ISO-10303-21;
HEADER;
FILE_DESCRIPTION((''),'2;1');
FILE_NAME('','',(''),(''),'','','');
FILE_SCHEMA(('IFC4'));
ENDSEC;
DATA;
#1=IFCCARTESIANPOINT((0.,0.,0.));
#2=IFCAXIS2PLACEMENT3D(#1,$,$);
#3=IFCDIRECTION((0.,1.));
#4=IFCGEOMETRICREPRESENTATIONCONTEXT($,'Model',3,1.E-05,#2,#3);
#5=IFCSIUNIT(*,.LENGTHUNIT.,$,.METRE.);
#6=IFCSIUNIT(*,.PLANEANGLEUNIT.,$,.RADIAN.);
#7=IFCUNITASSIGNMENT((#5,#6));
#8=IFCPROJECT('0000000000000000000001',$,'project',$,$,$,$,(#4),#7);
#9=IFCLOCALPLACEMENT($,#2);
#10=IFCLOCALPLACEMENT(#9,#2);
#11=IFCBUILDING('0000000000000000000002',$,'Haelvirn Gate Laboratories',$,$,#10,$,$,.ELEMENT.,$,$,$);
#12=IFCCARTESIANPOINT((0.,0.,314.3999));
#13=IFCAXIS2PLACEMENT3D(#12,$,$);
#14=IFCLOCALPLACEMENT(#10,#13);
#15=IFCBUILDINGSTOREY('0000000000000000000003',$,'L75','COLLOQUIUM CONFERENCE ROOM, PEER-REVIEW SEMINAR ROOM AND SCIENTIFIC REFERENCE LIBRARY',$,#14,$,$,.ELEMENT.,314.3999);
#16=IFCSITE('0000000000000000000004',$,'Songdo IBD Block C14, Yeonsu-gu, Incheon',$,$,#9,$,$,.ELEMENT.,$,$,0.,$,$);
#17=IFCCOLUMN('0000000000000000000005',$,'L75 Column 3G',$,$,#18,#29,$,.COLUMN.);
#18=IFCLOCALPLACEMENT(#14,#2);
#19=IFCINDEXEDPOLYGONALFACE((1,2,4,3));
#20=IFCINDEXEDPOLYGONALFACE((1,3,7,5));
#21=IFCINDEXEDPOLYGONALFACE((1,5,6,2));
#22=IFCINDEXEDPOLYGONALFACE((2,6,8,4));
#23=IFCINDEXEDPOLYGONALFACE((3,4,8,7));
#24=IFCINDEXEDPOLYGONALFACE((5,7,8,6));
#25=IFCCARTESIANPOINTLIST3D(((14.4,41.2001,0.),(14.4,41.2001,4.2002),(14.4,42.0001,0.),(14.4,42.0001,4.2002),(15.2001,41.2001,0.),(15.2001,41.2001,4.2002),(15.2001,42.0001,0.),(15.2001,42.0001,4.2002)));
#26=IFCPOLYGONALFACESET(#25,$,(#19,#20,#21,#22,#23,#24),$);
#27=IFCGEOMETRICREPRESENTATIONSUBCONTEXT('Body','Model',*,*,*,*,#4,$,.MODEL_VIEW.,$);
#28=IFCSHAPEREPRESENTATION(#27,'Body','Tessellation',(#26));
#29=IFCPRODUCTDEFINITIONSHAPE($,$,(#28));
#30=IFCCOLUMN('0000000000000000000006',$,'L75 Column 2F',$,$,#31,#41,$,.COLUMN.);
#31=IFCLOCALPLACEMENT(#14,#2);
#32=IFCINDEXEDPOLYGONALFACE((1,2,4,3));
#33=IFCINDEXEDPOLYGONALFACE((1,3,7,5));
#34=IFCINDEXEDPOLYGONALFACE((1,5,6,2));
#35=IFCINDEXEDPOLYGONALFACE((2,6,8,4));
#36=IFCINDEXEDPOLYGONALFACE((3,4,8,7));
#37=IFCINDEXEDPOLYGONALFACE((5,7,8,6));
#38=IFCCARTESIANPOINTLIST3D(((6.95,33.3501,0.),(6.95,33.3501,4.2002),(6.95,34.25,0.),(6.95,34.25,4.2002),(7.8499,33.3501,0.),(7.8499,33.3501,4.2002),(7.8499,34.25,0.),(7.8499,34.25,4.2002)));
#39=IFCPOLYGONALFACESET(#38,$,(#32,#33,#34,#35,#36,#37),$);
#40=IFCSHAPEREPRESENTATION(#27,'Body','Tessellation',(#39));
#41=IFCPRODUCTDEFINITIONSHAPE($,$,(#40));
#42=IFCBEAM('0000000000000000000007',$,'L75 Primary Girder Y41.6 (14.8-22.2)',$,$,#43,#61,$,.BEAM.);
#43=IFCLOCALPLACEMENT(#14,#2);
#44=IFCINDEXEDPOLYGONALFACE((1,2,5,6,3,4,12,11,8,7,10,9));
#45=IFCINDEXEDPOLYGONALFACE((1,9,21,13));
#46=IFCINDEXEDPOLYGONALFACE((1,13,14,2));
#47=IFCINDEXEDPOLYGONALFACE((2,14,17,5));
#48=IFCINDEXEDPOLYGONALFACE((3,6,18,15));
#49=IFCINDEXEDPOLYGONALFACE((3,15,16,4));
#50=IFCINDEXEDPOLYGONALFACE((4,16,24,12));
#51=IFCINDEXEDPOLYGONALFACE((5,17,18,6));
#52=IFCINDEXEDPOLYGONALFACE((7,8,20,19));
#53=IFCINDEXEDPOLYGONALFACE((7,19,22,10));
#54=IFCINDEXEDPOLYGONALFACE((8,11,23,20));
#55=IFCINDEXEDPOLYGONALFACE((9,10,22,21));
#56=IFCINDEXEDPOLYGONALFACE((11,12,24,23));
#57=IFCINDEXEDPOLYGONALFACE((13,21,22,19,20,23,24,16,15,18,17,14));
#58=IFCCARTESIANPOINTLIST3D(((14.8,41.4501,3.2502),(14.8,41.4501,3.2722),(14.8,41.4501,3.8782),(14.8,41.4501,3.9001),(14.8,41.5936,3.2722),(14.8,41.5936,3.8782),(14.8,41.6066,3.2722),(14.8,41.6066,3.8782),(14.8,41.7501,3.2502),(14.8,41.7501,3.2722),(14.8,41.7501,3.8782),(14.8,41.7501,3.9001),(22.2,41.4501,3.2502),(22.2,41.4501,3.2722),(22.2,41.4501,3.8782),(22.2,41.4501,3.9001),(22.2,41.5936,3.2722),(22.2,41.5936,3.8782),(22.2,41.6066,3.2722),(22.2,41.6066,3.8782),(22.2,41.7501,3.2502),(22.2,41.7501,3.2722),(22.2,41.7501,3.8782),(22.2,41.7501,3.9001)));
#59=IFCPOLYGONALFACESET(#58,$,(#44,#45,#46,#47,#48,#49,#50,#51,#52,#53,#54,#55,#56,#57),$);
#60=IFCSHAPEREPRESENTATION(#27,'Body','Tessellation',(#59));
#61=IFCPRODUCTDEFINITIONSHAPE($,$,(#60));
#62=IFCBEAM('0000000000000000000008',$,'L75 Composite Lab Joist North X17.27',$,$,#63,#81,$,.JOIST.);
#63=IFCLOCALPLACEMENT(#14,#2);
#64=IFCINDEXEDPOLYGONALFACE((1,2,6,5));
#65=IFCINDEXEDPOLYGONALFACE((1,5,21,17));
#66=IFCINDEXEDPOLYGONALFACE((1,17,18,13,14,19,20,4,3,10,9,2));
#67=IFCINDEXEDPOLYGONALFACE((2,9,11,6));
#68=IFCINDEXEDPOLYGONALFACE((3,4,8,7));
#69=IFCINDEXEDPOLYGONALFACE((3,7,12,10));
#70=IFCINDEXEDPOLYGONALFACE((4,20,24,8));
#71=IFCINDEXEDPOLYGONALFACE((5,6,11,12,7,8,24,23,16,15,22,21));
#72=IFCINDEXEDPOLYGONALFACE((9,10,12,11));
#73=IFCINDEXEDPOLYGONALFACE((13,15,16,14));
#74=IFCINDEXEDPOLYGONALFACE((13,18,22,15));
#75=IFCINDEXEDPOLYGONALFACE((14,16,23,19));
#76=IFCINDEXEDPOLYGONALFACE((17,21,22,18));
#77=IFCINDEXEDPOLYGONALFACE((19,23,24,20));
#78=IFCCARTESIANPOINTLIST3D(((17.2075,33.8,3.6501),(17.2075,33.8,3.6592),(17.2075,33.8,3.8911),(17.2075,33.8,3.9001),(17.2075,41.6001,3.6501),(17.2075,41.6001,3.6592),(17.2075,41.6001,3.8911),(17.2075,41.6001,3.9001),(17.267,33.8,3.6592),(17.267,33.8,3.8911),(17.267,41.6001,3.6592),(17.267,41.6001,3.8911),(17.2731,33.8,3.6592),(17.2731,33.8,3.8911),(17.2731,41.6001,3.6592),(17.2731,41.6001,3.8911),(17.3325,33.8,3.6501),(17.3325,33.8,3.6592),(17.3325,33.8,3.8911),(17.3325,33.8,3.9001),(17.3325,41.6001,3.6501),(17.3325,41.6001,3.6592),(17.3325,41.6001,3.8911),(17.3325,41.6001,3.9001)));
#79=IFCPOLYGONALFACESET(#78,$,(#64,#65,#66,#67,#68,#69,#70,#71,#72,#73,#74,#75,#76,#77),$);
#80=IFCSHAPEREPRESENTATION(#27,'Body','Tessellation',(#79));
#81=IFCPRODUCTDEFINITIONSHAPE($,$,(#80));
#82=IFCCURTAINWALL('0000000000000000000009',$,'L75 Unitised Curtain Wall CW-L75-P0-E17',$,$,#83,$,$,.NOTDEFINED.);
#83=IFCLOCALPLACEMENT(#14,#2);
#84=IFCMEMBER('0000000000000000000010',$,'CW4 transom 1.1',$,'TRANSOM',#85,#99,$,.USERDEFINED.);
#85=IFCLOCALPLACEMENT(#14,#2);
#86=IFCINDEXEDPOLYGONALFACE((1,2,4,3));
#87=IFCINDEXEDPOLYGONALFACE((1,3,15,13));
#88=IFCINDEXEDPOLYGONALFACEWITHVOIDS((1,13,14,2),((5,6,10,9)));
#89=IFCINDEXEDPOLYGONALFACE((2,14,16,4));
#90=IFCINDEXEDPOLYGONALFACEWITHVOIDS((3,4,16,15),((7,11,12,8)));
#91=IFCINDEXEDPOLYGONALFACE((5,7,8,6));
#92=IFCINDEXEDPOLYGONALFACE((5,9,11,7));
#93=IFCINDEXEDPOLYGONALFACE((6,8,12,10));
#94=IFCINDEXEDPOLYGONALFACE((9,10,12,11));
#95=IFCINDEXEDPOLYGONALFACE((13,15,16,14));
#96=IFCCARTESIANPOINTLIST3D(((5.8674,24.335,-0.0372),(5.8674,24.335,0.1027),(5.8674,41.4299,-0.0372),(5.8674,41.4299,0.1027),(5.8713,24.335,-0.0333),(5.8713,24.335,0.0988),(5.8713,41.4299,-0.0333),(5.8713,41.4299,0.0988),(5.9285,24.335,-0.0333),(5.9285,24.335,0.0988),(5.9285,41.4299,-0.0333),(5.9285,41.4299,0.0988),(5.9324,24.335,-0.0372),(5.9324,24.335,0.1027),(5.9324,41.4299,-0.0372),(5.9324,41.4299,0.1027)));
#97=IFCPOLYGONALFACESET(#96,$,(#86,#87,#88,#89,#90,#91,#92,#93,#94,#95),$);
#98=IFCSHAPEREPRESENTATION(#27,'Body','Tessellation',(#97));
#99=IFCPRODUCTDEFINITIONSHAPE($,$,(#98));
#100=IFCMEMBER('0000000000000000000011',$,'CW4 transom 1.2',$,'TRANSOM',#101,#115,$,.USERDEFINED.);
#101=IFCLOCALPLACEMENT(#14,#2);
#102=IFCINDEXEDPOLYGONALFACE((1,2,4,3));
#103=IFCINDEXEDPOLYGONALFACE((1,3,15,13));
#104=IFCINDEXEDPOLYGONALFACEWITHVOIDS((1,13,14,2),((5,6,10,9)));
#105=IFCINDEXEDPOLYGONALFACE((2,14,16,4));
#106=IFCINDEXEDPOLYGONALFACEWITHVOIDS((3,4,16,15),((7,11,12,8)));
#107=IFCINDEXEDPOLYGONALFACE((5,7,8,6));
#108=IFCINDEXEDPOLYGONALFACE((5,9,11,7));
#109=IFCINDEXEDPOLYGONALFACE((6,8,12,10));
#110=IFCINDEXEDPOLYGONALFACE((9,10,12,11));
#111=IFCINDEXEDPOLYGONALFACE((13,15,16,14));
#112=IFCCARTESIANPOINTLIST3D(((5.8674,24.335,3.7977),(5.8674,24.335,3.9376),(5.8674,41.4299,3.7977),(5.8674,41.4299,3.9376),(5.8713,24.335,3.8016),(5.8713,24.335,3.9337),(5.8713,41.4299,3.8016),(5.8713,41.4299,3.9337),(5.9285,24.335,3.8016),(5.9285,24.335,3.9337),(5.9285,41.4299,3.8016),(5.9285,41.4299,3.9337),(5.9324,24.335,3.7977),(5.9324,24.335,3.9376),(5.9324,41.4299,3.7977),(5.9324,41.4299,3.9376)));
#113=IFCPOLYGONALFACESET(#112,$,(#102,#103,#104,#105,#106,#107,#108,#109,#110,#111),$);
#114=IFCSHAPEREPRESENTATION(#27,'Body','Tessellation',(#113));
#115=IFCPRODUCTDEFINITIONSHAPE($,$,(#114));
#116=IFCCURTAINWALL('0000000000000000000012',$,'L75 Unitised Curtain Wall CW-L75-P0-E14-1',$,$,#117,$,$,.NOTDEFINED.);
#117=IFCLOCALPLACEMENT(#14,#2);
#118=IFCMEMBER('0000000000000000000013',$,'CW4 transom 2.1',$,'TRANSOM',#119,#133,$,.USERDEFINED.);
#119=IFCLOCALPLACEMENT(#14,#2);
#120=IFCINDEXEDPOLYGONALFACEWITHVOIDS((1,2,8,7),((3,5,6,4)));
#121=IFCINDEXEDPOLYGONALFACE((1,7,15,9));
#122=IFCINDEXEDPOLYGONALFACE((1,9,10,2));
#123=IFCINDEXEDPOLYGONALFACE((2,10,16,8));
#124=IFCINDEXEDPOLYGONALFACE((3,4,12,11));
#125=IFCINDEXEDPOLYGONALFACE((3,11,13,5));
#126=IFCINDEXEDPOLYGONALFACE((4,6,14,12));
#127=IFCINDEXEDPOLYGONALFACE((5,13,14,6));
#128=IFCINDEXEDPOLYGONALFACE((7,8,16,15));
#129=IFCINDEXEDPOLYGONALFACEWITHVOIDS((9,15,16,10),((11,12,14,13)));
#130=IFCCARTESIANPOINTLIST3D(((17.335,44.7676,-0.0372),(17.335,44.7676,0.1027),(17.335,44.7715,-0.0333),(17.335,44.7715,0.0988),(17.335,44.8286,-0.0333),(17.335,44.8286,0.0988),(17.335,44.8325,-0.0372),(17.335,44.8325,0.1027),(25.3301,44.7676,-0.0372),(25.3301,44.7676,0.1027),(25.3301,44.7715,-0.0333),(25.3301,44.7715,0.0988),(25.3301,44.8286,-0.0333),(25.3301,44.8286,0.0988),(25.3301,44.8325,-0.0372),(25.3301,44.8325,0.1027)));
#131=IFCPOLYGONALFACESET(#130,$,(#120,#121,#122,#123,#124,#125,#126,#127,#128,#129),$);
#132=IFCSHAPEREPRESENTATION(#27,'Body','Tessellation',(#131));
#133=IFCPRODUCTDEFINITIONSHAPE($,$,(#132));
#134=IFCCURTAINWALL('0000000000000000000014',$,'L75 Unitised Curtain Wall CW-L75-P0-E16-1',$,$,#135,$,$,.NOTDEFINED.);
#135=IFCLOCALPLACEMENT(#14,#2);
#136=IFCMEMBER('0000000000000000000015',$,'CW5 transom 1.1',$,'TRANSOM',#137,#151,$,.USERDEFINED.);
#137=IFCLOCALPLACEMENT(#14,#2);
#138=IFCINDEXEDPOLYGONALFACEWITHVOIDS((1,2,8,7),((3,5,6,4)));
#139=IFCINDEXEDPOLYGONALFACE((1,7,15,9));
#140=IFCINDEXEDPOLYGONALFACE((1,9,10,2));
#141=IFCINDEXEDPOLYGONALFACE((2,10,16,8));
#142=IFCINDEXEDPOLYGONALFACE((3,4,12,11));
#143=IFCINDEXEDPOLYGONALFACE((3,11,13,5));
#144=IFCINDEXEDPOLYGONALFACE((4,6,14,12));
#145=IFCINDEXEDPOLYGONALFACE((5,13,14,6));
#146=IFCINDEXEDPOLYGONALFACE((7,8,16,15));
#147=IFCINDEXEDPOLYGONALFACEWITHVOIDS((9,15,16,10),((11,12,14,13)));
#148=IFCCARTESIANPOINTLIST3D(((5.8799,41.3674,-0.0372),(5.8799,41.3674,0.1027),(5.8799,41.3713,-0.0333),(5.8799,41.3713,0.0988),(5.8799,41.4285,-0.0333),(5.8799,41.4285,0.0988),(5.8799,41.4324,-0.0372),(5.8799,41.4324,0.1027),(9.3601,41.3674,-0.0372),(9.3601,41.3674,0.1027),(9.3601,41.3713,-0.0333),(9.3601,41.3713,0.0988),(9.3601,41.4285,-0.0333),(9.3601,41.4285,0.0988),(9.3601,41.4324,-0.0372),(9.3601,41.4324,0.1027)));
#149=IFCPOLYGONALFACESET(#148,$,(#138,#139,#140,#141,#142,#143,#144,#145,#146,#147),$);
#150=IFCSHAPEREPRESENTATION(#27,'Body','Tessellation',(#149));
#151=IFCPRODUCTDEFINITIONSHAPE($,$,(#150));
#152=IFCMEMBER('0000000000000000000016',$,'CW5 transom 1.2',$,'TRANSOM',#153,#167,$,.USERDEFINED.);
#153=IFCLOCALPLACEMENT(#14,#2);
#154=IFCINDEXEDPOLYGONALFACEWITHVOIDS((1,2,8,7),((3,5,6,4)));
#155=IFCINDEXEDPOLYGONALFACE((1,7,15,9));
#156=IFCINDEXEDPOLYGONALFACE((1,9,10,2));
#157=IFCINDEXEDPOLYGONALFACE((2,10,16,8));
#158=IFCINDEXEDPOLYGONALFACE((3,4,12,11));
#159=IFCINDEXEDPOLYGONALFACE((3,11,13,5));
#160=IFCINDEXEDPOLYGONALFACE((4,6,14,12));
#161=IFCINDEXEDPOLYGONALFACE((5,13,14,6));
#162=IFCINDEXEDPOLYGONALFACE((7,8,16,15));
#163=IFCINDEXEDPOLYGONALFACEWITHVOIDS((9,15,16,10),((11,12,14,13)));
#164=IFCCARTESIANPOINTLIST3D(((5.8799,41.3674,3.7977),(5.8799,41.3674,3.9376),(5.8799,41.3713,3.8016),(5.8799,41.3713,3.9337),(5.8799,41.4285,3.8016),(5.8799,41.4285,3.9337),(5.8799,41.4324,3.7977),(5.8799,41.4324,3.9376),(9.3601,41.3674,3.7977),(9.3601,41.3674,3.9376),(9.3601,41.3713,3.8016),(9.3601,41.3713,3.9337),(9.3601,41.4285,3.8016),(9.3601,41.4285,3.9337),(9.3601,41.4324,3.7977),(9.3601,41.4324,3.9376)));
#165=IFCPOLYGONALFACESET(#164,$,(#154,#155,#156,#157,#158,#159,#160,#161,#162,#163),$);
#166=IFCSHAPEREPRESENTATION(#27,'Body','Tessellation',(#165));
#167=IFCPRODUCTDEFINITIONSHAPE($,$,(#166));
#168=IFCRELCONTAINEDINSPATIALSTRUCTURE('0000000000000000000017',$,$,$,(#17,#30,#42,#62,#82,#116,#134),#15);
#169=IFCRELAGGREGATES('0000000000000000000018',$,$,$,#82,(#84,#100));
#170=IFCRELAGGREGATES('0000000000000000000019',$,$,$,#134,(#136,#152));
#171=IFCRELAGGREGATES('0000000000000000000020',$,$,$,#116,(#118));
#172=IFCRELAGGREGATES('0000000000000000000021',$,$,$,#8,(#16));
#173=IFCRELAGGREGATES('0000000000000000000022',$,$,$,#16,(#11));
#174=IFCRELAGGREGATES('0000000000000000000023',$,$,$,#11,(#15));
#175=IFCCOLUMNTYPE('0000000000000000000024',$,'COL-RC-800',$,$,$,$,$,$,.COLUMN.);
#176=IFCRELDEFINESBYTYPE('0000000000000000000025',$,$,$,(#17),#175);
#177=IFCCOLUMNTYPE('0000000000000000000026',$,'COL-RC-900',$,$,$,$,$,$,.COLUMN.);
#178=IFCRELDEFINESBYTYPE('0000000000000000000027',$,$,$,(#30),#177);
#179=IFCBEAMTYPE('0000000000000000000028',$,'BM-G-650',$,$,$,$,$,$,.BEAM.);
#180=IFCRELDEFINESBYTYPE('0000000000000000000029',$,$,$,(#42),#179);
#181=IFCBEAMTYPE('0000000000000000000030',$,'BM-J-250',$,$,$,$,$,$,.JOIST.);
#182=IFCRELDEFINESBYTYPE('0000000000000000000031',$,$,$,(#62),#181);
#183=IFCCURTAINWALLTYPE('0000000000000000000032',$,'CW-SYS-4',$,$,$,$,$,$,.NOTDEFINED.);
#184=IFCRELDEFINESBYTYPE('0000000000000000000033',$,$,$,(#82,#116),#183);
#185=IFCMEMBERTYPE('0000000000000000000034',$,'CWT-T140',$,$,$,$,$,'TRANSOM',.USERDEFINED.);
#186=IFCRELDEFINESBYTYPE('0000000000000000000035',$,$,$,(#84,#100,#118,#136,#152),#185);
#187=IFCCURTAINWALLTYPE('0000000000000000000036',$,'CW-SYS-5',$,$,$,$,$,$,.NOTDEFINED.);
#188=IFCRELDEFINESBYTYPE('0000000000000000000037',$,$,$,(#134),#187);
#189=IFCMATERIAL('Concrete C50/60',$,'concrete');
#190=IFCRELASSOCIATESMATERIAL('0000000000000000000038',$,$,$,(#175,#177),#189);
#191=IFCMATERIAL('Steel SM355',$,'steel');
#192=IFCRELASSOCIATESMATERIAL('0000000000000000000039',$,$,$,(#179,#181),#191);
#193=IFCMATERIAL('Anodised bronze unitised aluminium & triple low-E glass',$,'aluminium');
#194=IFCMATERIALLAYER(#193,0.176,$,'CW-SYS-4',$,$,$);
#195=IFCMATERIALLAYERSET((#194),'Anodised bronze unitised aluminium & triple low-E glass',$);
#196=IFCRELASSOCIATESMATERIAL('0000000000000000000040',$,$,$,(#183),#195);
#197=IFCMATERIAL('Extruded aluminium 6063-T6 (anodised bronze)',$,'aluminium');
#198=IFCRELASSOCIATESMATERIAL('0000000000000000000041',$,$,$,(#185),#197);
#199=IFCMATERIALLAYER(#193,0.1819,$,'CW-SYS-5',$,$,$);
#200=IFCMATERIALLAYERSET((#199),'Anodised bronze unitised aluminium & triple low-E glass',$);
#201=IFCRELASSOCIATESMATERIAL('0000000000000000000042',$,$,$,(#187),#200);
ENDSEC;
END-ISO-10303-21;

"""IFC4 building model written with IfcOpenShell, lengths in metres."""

from ifc_helpers import new_model, si_unit, direction, frame, origin, origin_2d, place, context, subcontext, project, spatial, rectangle, hollow_rectangle, i_section, extrude, source, transform, mapped, material, layer, layer_set, material_profile, profile_set, type_object, type_shapes, element, aggregate, save


model = new_model("IFC4")

# Units and contexts
model_context = context("Model", 3, precision=1e-05, world=origin(), true_north=direction((0.0, 1.0)))
body_context = subcontext(model_context, "Body", "Model", "MODEL_VIEW")
ifc_project = project(units=[si_unit("LENGTHUNIT", "METRE"), si_unit("PLANEANGLEUNIT", "RADIAN")], contexts=[model_context])

# Site, building, storey
site_placement = place(None, origin())
site = spatial("IfcSite", under=ifc_project, at=site_placement, Name="Songdo IBD Block C14, Yeonsu-gu, Incheon", CompositionType="ELEMENT", RefElevation=0.0)
building_placement = place(site_placement, origin())
building = spatial("IfcBuilding", under=site, at=building_placement, Name="Haelvirn Gate Laboratories", CompositionType="ELEMENT")
storey_placement = place(building_placement, frame((0.0, 0.0, 314.3999)))
storey = spatial("IfcBuildingStorey", under=building, at=storey_placement, Name="L75", Description="COLLOQUIUM CONFERENCE ROOM, PEER-REVIEW SEMINAR ROOM AND SCIENTIFIC REFERENCE LIBRARY", CompositionType="ELEMENT", Elevation=314.3999)

# Columns
ifc_material_1 = material(Name="Concrete C50/60", Category="concrete")
ifc_material_profile_1 = material_profile(ifc_material_1, rectangle(XDim=0.8, YDim=0.8, at=origin_2d()), Name="RC-800x800")
ifc_profile_set_1 = profile_set([ifc_material_profile_1], Name="Concrete C50/60")
column_type_1 = type_object("IfcColumnType", Name="COL-RC-800", PredefinedType="COLUMN", material=ifc_profile_set_1)
shared_shape_1 = source(origin(), body_context, "Body", "SweptSolid", [
    extrude(rectangle(XDim=0.8, YDim=0.8, at=origin_2d()), origin(), (0.0, 0.0, 1.0), 4.2002),
])
type_shapes(column_type_1, [shared_shape_1])
column_1_placement = place(storey_placement, frame((14.8, 41.6001, 0.0), z_axis=(0.0, 0.0, 1.0), x_axis=(1.0, 0.0, 0.0)))
element("IfcColumn", 1, at=column_1_placement, inside=storey, type_object=column_type_1, Name="L75 Column 3G", PredefinedType="COLUMN", context=body_context, shape_type="MappedRepresentation", body=[
    mapped(shared_shape_1, transform((0.0, 0.0, 0.0), scale=1.0)),
])
ifc_material_profile_2 = material_profile(ifc_material_1, rectangle(XDim=0.8999, YDim=0.8999, at=origin_2d()), Name="RC-900x900")
ifc_profile_set_2 = profile_set([ifc_material_profile_2], Name="Concrete C50/60")
column_type_2 = type_object("IfcColumnType", Name="COL-RC-900", PredefinedType="COLUMN", material=ifc_profile_set_2)
shared_shape_2 = source(origin(), body_context, "Body", "SweptSolid", [
    extrude(rectangle(XDim=0.8999, YDim=0.8999, at=origin_2d()), origin(), (0.0, 0.0, 1.0), 4.2002),
])
type_shapes(column_type_2, [shared_shape_2])
column_2_placement = place(storey_placement, frame((7.3999, 33.8, 0.0), z_axis=(0.0, 0.0, 1.0), x_axis=(1.0, 0.0, 0.0)))
element("IfcColumn", 2, at=column_2_placement, inside=storey, type_object=column_type_2, Name="L75 Column 2F", PredefinedType="COLUMN", context=body_context, shape_type="MappedRepresentation", body=[
    mapped(shared_shape_2, transform((0.0, 0.0, 0.0), scale=1.0)),
])

# Beams
ifc_material_2 = material(Name="Steel SM355", Category="steel")
ifc_material_profile_3 = material_profile(ifc_material_2, i_section(OverallWidth=0.3, OverallDepth=0.6499, WebThickness=0.0129, FlangeThickness=0.022, at=origin_2d()), Name="H-650x300x13x22")
ifc_profile_set_3 = profile_set([ifc_material_profile_3], Name="Steel SM355")
beam_type_1 = type_object("IfcBeamType", Name="BM-G-650", PredefinedType="BEAM", material=ifc_profile_set_3)
shared_shape_3 = source(origin(), body_context, "Body", "SweptSolid", [
    extrude(i_section(OverallWidth=0.3, OverallDepth=0.6499, WebThickness=0.0129, FlangeThickness=0.022, at=origin_2d()), origin(), (0.0, 0.0, 1.0), 7.3999),
])
type_shapes(beam_type_1, [shared_shape_3])
beam_1_placement = place(storey_placement, frame((14.8, 41.6001, 3.5752), z_axis=(1.0, 0.0, 0.0), x_axis=(0.0, 1.0, 0.0)))
element("IfcBeam", 3, at=beam_1_placement, inside=storey, type_object=beam_type_1, Name="L75 Primary Girder Y41.6 (14.8-22.2)", PredefinedType="BEAM", context=body_context, shape_type="MappedRepresentation", body=[
    mapped(shared_shape_3, transform((0.0, 0.0, 0.0), scale=1.0)),
])
ifc_material_profile_4 = material_profile(ifc_material_2, i_section(OverallWidth=0.125, OverallDepth=0.25, WebThickness=0.0061, FlangeThickness=0.009, at=origin_2d()), Name="H-250x125x6x9")
ifc_profile_set_4 = profile_set([ifc_material_profile_4], Name="Steel SM355")
beam_type_2 = type_object("IfcBeamType", Name="BM-J-250", PredefinedType="JOIST", material=ifc_profile_set_4)
shared_shape_4 = source(origin(), body_context, "Body", "SweptSolid", [
    extrude(i_section(OverallWidth=0.125, OverallDepth=0.25, WebThickness=0.0061, FlangeThickness=0.009, at=origin_2d()), origin(), (0.0, 0.0, 1.0), 7.8),
])
type_shapes(beam_type_2, [shared_shape_4])
beam_2_placement = place(storey_placement, frame((17.27, 33.8, 3.7751), z_axis=(0.0, 1.0, 0.0), x_axis=(-1.0, 0.0, 0.0)))
element("IfcBeam", 4, at=beam_2_placement, inside=storey, type_object=beam_type_2, Name="L75 Composite Lab Joist North X17.27", PredefinedType="JOIST", context=body_context, shape_type="MappedRepresentation", body=[
    mapped(shared_shape_4, transform((0.0, 0.0, 0.0), scale=1.0)),
])

# Curtain wall, members
ifc_material_3 = material(Name="Anodised bronze unitised aluminium & triple low-E glass", Category="aluminium")
ifc_layer_1 = layer(ifc_material_3, 0.176, Name="CW-SYS-4")
ifc_layer_set_1 = layer_set([ifc_layer_1], Name="Anodised bronze unitised aluminium & triple low-E glass")
curtain_wall_type_1 = type_object("IfcCurtainWallType", Name="CW-SYS-4", PredefinedType="NOTDEFINED", material=ifc_layer_set_1)
curtain_wall_1_placement = place(storey_placement, origin())
curtain_wall_1 = element("IfcCurtainWall", 5, at=curtain_wall_1_placement, inside=storey, type_object=curtain_wall_type_1, Name="L75 Unitised Curtain Wall CW-L75-P0-E17", PredefinedType="NOTDEFINED")
ifc_material_4 = material(Name="Extruded aluminium 6063-T6 (anodised bronze)", Category="aluminium")
ifc_material_profile_5 = material_profile(ifc_material_4, hollow_rectangle(XDim=0.0649, YDim=0.1399, WallThickness=0.0039, at=origin_2d()), Name="CWT-140x65x4")
ifc_profile_set_5 = profile_set([ifc_material_profile_5], Name="Extruded aluminium 6063-T6 (anodised bronze)")
member_type_1 = type_object("IfcMemberType", Name="CWT-T140", ElementType="TRANSOM", PredefinedType="USERDEFINED", material=ifc_profile_set_5)
shared_shape_5 = source(origin(), body_context, "Body", "SweptSolid", [
    extrude(hollow_rectangle(XDim=0.0649, YDim=0.1399, WallThickness=0.0039, at=origin_2d()), origin(), (0.0, 0.0, 1.0), 17.095),
])
member_1_placement = place(storey_placement, frame((5.8999, 41.4299, 0.0327), z_axis=(0.0, -1.0, 0.0), x_axis=(1.0, 0.0, 0.0)))
member_1 = element("IfcMember", 6, at=member_1_placement, type_object=member_type_1, Name="CW4 transom 1.1", ObjectType="TRANSOM", PredefinedType="USERDEFINED", context=body_context, shape_type="MappedRepresentation", body=[
    mapped(shared_shape_5, transform((0.0, 0.0, 0.0), scale=1.0)),
])
member_2_placement = place(storey_placement, frame((5.8999, 41.4299, 3.8677), z_axis=(0.0, -1.0, 0.0), x_axis=(1.0, 0.0, 0.0)))
member_2 = element("IfcMember", 7, at=member_2_placement, type_object=member_type_1, Name="CW4 transom 1.2", ObjectType="TRANSOM", PredefinedType="USERDEFINED", context=body_context, shape_type="MappedRepresentation", body=[
    mapped(shared_shape_5, transform((0.0, 0.0, 0.0), scale=1.0)),
])

# Curtain wall, member
curtain_wall_2_placement = place(storey_placement, origin())
curtain_wall_2 = element("IfcCurtainWall", 8, at=curtain_wall_2_placement, inside=storey, type_object=curtain_wall_type_1, Name="L75 Unitised Curtain Wall CW-L75-P0-E14-1", PredefinedType="NOTDEFINED")
shared_shape_6 = source(origin(), body_context, "Body", "SweptSolid", [
    extrude(hollow_rectangle(XDim=0.0649, YDim=0.1399, WallThickness=0.0039, at=origin_2d()), origin(), (0.0, 0.0, 1.0), 7.9951),
])
member_3_placement = place(storey_placement, frame((17.335, 44.8, 0.0327), z_axis=(1.0, 0.0, 0.0), x_axis=(0.0, 1.0, 0.0)))
member_3 = element("IfcMember", 9, at=member_3_placement, type_object=member_type_1, Name="CW4 transom 2.1", ObjectType="TRANSOM", PredefinedType="USERDEFINED", context=body_context, shape_type="MappedRepresentation", body=[
    mapped(shared_shape_6, transform((0.0, 0.0, 0.0), scale=1.0)),
])

# Curtain wall, members
ifc_layer_2 = layer(ifc_material_3, 0.1819, Name="CW-SYS-5")
ifc_layer_set_2 = layer_set([ifc_layer_2], Name="Anodised bronze unitised aluminium & triple low-E glass")
curtain_wall_type_2 = type_object("IfcCurtainWallType", Name="CW-SYS-5", PredefinedType="NOTDEFINED", material=ifc_layer_set_2)
curtain_wall_3_placement = place(storey_placement, origin())
curtain_wall_3 = element("IfcCurtainWall", 10, at=curtain_wall_3_placement, inside=storey, type_object=curtain_wall_type_2, Name="L75 Unitised Curtain Wall CW-L75-P0-E16-1", PredefinedType="NOTDEFINED")
shared_shape_7 = source(origin(), body_context, "Body", "SweptSolid", [
    extrude(hollow_rectangle(XDim=0.0649, YDim=0.1399, WallThickness=0.0039, at=origin_2d()), origin(), (0.0, 0.0, 1.0), 3.4802),
])
member_4_placement = place(storey_placement, frame((5.8799, 41.3999, 0.0327), z_axis=(1.0, 0.0, 0.0), x_axis=(0.0, 1.0, 0.0)))
member_4 = element("IfcMember", 11, at=member_4_placement, type_object=member_type_1, Name="CW5 transom 1.1", ObjectType="TRANSOM", PredefinedType="USERDEFINED", context=body_context, shape_type="MappedRepresentation", body=[
    mapped(shared_shape_7, transform((0.0, 0.0, 0.0), scale=1.0)),
])
member_5_placement = place(storey_placement, frame((5.8799, 41.3999, 3.8677), z_axis=(1.0, 0.0, 0.0), x_axis=(0.0, 1.0, 0.0)))
member_5 = element("IfcMember", 12, at=member_5_placement, type_object=member_type_1, Name="CW5 transom 1.2", ObjectType="TRANSOM", PredefinedType="USERDEFINED", context=body_context, shape_type="MappedRepresentation", body=[
    mapped(shared_shape_7, transform((0.0, 0.0, 0.0), scale=1.0)),
])

aggregate(curtain_wall_1, [member_1, member_2])

aggregate(curtain_wall_3, [member_4, member_5])
aggregate(curtain_wall_2, [member_3])

save(model, "model.ifc")
